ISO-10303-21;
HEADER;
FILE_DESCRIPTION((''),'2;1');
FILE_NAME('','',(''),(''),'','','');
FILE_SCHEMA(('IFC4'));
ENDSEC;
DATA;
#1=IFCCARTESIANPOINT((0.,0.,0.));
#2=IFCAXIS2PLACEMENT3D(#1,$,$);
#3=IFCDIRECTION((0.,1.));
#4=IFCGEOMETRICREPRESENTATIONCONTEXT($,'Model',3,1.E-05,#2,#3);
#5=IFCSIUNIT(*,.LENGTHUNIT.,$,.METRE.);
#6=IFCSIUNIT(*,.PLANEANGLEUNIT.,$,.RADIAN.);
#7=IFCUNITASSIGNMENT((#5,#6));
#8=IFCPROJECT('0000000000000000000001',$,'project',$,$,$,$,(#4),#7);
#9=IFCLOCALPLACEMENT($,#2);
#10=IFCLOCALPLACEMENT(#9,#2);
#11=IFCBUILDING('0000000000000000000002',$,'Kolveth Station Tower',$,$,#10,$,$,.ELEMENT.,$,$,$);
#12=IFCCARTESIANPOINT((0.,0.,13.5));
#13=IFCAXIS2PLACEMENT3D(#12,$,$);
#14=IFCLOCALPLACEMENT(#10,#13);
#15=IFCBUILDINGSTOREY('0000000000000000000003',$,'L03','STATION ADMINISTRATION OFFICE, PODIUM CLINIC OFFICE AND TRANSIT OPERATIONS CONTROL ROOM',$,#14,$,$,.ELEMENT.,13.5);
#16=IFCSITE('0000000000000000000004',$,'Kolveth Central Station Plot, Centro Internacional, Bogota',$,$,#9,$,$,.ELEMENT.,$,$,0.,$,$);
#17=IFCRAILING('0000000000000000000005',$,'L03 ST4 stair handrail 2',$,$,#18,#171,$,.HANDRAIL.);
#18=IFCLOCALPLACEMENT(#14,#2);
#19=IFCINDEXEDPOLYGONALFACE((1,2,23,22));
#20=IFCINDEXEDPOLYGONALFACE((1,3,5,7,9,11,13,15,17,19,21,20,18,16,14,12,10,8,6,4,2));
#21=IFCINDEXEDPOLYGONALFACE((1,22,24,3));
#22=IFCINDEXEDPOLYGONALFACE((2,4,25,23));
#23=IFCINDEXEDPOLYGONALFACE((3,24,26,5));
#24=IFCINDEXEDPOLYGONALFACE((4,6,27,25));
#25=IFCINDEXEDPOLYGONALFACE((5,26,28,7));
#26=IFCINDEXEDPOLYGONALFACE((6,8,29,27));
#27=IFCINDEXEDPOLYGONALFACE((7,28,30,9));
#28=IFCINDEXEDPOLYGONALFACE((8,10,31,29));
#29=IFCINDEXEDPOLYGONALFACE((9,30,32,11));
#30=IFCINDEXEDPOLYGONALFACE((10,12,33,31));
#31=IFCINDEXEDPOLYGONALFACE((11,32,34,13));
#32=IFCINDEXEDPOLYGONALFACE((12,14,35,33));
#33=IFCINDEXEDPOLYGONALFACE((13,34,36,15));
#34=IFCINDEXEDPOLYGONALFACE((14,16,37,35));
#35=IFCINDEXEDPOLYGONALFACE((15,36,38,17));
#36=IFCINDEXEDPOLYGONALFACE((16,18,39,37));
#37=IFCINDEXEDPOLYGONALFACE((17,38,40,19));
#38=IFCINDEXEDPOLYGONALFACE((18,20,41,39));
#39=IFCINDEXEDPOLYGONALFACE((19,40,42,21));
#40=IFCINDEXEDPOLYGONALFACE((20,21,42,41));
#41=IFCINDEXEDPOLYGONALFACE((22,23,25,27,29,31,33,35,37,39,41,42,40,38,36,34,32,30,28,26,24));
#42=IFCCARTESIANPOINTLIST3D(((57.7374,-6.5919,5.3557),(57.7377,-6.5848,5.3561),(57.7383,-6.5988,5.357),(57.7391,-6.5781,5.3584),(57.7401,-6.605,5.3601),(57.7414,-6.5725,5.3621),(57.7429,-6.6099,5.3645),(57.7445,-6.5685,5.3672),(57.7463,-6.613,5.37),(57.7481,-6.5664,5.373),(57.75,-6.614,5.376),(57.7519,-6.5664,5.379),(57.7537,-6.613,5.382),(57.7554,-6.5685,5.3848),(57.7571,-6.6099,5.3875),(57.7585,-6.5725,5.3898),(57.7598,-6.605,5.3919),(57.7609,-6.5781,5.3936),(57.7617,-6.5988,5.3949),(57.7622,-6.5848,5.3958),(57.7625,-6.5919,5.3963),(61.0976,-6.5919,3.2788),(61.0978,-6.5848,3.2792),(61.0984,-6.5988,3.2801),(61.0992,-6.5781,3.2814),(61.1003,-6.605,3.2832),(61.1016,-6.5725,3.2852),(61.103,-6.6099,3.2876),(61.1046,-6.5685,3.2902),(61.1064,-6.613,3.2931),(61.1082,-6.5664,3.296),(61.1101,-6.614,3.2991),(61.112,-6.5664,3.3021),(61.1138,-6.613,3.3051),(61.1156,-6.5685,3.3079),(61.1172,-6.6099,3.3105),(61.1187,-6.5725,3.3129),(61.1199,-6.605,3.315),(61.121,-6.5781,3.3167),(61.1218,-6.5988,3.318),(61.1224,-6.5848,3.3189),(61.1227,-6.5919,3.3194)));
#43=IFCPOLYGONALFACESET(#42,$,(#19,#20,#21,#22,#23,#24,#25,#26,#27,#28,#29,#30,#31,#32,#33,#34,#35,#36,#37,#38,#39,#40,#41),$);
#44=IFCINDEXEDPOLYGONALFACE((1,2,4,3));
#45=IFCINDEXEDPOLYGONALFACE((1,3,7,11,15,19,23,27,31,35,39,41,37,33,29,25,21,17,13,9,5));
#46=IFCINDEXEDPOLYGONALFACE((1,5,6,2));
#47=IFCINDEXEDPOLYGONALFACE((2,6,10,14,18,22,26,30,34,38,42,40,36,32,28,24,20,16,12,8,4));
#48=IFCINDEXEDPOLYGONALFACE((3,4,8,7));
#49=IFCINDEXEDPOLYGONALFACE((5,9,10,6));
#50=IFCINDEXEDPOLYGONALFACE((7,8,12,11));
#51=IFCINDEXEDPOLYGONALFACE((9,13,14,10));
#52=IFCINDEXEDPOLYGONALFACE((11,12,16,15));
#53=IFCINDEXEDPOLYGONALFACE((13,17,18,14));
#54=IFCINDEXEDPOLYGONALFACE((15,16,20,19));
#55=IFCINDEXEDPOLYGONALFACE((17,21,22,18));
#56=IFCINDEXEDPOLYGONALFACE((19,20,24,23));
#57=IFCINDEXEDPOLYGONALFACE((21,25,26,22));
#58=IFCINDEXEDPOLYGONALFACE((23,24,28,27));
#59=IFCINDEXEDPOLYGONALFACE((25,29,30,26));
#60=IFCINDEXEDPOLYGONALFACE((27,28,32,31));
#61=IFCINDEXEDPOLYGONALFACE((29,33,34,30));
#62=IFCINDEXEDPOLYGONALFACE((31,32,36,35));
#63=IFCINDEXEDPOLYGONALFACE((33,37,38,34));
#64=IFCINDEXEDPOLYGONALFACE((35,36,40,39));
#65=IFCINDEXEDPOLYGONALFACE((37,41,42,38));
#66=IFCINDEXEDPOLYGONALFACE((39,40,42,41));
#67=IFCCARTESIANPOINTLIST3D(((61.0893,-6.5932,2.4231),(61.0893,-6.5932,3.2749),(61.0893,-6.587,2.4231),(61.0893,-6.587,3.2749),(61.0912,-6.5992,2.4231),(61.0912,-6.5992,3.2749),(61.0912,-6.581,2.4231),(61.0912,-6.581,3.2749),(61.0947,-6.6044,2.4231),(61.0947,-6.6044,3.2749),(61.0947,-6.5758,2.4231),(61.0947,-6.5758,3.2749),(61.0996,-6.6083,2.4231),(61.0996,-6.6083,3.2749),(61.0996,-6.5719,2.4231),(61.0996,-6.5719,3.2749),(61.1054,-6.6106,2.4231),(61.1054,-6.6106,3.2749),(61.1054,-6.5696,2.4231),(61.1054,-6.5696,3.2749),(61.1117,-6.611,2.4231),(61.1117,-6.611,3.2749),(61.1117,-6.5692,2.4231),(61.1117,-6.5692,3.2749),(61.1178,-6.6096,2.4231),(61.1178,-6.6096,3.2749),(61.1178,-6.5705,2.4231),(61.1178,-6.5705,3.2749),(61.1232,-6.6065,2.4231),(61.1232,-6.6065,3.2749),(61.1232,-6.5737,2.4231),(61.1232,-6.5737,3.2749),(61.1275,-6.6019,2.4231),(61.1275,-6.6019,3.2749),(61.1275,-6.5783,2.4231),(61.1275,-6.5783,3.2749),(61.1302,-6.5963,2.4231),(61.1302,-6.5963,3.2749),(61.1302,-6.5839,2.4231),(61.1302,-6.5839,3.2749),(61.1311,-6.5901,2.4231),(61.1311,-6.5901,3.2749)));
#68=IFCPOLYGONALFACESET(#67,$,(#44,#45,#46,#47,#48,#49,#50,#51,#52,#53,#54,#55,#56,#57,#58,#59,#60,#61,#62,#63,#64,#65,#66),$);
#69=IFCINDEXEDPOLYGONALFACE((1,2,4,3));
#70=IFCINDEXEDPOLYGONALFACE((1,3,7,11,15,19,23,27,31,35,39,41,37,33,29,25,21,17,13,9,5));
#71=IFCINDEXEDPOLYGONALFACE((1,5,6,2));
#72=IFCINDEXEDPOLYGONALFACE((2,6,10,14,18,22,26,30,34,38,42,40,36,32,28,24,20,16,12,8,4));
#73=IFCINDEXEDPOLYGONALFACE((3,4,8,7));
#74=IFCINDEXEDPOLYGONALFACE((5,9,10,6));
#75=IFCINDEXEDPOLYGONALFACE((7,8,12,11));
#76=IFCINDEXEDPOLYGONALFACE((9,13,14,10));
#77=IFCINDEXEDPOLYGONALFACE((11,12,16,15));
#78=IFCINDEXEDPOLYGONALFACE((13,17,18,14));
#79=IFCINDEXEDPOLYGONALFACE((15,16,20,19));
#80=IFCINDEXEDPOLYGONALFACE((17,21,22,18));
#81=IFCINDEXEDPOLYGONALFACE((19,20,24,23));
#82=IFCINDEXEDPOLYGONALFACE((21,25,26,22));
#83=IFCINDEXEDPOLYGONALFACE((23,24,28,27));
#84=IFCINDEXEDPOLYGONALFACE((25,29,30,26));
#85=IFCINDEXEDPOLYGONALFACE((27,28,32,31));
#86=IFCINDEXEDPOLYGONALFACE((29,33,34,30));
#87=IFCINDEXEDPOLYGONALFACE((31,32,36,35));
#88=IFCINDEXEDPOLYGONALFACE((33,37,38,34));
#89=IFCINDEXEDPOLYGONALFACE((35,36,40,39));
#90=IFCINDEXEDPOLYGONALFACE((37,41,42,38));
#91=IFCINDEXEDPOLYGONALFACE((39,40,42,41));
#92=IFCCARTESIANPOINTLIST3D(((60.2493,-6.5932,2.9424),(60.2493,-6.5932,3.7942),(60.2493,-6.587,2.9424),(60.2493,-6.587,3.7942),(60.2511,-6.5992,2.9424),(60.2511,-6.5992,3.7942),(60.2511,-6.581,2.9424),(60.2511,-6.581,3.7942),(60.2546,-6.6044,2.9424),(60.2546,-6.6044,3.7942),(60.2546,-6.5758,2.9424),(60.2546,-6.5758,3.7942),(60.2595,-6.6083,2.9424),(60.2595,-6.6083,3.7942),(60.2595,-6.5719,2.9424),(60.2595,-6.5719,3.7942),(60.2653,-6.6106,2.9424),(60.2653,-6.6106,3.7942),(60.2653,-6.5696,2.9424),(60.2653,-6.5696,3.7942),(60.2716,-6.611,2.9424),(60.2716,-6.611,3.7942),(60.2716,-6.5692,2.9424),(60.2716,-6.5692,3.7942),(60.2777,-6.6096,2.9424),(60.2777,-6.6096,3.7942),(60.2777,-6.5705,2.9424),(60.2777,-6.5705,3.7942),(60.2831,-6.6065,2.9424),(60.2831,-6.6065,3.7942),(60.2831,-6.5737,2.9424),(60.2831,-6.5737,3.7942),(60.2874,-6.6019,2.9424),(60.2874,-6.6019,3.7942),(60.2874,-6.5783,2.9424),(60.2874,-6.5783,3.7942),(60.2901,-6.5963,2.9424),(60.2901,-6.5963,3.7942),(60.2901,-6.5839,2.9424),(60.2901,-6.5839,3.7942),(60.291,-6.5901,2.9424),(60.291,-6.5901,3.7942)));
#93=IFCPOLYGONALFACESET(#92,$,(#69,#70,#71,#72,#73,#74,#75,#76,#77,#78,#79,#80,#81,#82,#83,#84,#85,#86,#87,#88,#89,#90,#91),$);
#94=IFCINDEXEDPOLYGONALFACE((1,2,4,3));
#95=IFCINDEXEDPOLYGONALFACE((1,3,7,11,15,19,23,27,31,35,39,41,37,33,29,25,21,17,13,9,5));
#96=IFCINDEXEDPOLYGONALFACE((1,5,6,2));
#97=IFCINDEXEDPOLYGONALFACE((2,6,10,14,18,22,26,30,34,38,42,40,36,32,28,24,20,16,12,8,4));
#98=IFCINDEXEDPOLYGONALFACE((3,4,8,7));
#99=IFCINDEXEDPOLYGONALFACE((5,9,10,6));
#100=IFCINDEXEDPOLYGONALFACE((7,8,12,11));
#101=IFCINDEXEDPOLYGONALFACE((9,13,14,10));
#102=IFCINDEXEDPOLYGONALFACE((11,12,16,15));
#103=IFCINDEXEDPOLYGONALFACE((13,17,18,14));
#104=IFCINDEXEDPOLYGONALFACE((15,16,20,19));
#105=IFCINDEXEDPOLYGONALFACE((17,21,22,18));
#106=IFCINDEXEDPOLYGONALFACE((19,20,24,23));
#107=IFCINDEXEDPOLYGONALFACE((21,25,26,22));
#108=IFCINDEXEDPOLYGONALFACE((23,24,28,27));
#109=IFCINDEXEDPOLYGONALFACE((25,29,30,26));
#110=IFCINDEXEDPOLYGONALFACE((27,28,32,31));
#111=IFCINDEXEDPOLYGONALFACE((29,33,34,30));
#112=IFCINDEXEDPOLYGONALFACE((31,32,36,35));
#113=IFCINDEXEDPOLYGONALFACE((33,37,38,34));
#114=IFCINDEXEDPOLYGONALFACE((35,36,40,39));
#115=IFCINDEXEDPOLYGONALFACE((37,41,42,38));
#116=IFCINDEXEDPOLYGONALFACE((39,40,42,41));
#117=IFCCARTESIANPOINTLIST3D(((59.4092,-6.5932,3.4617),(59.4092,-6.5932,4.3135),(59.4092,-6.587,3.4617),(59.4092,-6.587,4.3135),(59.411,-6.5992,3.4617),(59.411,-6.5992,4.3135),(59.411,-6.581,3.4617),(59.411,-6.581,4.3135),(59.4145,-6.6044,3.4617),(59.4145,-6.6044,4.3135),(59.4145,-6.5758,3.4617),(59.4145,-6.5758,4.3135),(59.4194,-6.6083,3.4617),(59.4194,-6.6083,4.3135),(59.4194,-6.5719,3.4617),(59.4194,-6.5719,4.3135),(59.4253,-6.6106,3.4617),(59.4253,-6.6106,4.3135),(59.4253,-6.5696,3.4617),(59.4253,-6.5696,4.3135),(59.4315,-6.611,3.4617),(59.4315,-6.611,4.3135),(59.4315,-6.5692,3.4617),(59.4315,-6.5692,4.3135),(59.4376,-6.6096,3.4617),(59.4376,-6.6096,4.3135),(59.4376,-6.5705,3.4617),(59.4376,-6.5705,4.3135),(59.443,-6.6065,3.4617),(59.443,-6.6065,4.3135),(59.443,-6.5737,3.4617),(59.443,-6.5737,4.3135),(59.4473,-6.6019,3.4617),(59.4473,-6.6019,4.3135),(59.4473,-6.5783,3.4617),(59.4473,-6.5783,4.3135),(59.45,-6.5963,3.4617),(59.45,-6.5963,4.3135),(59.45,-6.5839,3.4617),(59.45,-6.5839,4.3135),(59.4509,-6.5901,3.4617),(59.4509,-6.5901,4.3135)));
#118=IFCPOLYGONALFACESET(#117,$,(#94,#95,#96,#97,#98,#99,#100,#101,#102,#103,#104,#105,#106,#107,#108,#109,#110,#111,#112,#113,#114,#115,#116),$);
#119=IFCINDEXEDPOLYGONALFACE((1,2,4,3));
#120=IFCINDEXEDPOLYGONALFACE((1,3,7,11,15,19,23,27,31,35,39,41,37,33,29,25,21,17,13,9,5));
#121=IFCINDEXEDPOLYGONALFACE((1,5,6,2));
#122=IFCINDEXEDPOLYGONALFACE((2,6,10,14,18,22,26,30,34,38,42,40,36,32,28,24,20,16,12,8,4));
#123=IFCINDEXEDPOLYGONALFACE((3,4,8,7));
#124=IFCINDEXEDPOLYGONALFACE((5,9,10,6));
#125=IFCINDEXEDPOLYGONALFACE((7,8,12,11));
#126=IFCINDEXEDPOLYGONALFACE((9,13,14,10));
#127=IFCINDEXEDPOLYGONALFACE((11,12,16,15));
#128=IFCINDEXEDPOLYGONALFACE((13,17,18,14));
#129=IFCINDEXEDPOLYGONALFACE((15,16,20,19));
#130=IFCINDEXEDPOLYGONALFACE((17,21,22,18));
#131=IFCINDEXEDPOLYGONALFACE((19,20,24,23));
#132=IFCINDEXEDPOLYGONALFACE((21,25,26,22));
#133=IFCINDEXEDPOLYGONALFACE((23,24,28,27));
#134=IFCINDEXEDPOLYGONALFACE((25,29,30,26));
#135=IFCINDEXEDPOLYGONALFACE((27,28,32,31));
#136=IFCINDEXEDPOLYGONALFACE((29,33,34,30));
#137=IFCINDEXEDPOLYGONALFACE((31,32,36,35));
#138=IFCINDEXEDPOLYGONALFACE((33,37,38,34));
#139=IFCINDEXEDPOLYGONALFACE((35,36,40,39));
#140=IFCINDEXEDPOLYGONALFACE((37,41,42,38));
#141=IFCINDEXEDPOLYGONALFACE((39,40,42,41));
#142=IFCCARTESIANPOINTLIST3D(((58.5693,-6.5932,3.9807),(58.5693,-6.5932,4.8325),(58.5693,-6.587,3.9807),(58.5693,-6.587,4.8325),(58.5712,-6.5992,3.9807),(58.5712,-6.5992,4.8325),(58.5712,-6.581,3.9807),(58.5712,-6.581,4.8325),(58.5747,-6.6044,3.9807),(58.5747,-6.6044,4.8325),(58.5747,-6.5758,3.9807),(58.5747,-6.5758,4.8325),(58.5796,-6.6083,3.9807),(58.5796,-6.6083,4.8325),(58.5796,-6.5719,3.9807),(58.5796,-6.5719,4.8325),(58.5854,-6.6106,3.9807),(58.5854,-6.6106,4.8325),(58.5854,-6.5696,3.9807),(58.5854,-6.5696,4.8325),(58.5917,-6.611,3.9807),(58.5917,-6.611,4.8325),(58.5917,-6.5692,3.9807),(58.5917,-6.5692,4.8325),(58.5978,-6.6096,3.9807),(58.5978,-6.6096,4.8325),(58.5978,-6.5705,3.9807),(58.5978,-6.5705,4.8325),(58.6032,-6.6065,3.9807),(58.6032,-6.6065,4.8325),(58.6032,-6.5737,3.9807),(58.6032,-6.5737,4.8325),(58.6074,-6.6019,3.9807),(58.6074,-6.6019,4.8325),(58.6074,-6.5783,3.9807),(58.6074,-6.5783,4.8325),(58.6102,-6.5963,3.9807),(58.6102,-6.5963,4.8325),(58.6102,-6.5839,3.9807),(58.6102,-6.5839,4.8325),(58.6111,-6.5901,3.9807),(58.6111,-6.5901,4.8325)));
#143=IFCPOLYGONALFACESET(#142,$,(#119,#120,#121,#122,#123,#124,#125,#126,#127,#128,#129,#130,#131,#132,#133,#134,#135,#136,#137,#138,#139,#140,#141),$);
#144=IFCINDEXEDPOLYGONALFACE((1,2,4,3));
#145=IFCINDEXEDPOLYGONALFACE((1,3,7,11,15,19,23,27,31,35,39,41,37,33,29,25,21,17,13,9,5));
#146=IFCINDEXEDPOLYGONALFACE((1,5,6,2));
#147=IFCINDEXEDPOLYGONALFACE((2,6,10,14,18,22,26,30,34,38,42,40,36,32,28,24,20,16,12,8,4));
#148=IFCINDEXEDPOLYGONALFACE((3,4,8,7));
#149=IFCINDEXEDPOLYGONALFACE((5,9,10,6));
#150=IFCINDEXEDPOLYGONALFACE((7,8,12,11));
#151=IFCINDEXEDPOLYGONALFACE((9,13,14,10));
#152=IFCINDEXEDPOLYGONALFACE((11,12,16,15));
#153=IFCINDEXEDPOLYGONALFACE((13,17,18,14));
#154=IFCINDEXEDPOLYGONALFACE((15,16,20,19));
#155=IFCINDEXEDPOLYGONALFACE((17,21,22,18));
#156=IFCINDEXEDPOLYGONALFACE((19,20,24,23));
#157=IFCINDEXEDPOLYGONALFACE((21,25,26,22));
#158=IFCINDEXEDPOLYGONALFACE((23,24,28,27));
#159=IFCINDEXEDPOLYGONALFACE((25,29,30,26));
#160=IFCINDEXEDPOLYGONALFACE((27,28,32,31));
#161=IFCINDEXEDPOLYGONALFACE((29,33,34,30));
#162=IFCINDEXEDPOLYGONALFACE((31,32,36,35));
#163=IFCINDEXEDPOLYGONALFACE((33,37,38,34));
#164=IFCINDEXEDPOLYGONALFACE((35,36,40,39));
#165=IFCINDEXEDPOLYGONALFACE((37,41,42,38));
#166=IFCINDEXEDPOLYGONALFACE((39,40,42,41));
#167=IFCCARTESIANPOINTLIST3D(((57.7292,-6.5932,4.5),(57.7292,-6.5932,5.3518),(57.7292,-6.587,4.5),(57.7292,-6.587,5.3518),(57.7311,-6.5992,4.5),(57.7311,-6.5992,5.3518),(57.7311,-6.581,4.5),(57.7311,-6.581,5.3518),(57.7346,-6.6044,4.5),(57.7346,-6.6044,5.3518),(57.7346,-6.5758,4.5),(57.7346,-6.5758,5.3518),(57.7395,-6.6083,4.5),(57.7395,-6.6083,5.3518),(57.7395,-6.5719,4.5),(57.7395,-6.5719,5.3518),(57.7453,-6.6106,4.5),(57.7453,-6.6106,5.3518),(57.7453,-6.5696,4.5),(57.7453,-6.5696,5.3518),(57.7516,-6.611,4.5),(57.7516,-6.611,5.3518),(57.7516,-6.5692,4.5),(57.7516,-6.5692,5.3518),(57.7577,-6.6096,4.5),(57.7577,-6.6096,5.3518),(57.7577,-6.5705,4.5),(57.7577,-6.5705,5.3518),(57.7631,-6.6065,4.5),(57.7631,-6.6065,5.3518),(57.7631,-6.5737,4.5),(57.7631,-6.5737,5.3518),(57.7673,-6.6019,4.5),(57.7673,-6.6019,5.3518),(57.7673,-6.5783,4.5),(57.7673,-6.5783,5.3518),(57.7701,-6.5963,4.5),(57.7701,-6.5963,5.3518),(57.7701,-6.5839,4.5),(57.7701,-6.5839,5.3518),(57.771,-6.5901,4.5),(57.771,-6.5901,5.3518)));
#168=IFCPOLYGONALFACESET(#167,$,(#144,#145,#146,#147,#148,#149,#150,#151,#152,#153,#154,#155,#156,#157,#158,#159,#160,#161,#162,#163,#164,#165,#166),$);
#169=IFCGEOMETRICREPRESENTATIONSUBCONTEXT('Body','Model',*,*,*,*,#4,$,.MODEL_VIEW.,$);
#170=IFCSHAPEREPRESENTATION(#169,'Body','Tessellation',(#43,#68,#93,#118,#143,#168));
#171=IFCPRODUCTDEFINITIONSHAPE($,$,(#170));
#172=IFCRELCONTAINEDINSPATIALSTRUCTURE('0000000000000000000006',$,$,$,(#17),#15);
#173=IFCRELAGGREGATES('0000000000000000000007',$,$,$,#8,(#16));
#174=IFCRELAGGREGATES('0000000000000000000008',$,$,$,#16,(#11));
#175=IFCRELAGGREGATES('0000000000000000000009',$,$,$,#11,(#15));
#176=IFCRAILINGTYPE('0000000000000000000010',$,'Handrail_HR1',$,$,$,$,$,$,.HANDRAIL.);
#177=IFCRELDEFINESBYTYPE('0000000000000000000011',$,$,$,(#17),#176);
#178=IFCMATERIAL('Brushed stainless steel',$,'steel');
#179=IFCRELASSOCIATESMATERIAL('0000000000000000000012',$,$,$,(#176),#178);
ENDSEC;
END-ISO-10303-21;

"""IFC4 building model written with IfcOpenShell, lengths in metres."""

from ifc_helpers import new_model, si_unit, direction, frame, origin, origin_2d, place, context, subcontext, project, spatial, circle, extrude, material, type_object, element, save


model = new_model("IFC4")

# Units and contexts
model_context = context("Model", 3, precision=1e-05, world=origin(), true_north=direction((0.0, 1.0)))
body_context = subcontext(model_context, "Body", "Model", "MODEL_VIEW")
ifc_project = project(units=[si_unit("LENGTHUNIT", "METRE"), si_unit("PLANEANGLEUNIT", "RADIAN")], contexts=[model_context])

# Site, building, storey
site_placement = place(None, origin())
site = spatial("IfcSite", under=ifc_project, at=site_placement, Name="Kolveth Central Station Plot, Centro Internacional, Bogota", CompositionType="ELEMENT", RefElevation=0.0)
building_placement = place(site_placement, origin())
building = spatial("IfcBuilding", under=site, at=building_placement, Name="Kolveth Station Tower", CompositionType="ELEMENT")
storey_placement = place(building_placement, frame((0.0, 0.0, 13.5)))
storey = spatial("IfcBuildingStorey", under=building, at=storey_placement, Name="L03", Description="STATION ADMINISTRATION OFFICE, PODIUM CLINIC OFFICE AND TRANSIT OPERATIONS CONTROL ROOM", CompositionType="ELEMENT", Elevation=13.5)

# Railing
ifc_material_1 = material(Name="Brushed stainless steel", Category="steel")
railing_type_1 = type_object("IfcRailingType", Name="Handrail_HR1", PredefinedType="HANDRAIL", material=ifc_material_1)
railing_1_placement = place(storey_placement, frame((61.1101, -6.5901, 2.4231)))
element("IfcRailing", 1, at=railing_1_placement, inside=storey, type_object=railing_type_1, Name="L03 ST4 stair handrail 2", PredefinedType="HANDRAIL", context=body_context, shape_type="SweptSolid", body=[
    extrude(circle(Radius=0.0239, at=origin_2d()), frame((0.0, 0.0, 0.876), z_axis=(-0.850623, 0.0, 0.525776), x_axis=(0.0, -1.0, 0.0)), (0.0, 0.0, 1.0), 3.9502),
    extrude(circle(Radius=0.021, at=origin_2d()), origin(), (0.0, 0.0, 1.0), 0.8518),
    extrude(circle(Radius=0.021, at=origin_2d()), frame((-0.8401, 0.0, 0.5193)), (0.0, 0.0, 1.0), 0.8518),
    extrude(circle(Radius=0.021, at=origin_2d()), frame((-1.6802, 0.0, 1.0386)), (0.0, 0.0, 1.0), 0.8518),
    extrude(circle(Radius=0.021, at=origin_2d()), frame((-2.52, 0.0, 1.5576)), (0.0, 0.0, 1.0), 0.8518),
    extrude(circle(Radius=0.021, at=origin_2d()), frame((-3.3601, 0.0, 2.0769)), (0.0, 0.0, 1.0), 0.8518),
])

save(model, "model.ifc")
